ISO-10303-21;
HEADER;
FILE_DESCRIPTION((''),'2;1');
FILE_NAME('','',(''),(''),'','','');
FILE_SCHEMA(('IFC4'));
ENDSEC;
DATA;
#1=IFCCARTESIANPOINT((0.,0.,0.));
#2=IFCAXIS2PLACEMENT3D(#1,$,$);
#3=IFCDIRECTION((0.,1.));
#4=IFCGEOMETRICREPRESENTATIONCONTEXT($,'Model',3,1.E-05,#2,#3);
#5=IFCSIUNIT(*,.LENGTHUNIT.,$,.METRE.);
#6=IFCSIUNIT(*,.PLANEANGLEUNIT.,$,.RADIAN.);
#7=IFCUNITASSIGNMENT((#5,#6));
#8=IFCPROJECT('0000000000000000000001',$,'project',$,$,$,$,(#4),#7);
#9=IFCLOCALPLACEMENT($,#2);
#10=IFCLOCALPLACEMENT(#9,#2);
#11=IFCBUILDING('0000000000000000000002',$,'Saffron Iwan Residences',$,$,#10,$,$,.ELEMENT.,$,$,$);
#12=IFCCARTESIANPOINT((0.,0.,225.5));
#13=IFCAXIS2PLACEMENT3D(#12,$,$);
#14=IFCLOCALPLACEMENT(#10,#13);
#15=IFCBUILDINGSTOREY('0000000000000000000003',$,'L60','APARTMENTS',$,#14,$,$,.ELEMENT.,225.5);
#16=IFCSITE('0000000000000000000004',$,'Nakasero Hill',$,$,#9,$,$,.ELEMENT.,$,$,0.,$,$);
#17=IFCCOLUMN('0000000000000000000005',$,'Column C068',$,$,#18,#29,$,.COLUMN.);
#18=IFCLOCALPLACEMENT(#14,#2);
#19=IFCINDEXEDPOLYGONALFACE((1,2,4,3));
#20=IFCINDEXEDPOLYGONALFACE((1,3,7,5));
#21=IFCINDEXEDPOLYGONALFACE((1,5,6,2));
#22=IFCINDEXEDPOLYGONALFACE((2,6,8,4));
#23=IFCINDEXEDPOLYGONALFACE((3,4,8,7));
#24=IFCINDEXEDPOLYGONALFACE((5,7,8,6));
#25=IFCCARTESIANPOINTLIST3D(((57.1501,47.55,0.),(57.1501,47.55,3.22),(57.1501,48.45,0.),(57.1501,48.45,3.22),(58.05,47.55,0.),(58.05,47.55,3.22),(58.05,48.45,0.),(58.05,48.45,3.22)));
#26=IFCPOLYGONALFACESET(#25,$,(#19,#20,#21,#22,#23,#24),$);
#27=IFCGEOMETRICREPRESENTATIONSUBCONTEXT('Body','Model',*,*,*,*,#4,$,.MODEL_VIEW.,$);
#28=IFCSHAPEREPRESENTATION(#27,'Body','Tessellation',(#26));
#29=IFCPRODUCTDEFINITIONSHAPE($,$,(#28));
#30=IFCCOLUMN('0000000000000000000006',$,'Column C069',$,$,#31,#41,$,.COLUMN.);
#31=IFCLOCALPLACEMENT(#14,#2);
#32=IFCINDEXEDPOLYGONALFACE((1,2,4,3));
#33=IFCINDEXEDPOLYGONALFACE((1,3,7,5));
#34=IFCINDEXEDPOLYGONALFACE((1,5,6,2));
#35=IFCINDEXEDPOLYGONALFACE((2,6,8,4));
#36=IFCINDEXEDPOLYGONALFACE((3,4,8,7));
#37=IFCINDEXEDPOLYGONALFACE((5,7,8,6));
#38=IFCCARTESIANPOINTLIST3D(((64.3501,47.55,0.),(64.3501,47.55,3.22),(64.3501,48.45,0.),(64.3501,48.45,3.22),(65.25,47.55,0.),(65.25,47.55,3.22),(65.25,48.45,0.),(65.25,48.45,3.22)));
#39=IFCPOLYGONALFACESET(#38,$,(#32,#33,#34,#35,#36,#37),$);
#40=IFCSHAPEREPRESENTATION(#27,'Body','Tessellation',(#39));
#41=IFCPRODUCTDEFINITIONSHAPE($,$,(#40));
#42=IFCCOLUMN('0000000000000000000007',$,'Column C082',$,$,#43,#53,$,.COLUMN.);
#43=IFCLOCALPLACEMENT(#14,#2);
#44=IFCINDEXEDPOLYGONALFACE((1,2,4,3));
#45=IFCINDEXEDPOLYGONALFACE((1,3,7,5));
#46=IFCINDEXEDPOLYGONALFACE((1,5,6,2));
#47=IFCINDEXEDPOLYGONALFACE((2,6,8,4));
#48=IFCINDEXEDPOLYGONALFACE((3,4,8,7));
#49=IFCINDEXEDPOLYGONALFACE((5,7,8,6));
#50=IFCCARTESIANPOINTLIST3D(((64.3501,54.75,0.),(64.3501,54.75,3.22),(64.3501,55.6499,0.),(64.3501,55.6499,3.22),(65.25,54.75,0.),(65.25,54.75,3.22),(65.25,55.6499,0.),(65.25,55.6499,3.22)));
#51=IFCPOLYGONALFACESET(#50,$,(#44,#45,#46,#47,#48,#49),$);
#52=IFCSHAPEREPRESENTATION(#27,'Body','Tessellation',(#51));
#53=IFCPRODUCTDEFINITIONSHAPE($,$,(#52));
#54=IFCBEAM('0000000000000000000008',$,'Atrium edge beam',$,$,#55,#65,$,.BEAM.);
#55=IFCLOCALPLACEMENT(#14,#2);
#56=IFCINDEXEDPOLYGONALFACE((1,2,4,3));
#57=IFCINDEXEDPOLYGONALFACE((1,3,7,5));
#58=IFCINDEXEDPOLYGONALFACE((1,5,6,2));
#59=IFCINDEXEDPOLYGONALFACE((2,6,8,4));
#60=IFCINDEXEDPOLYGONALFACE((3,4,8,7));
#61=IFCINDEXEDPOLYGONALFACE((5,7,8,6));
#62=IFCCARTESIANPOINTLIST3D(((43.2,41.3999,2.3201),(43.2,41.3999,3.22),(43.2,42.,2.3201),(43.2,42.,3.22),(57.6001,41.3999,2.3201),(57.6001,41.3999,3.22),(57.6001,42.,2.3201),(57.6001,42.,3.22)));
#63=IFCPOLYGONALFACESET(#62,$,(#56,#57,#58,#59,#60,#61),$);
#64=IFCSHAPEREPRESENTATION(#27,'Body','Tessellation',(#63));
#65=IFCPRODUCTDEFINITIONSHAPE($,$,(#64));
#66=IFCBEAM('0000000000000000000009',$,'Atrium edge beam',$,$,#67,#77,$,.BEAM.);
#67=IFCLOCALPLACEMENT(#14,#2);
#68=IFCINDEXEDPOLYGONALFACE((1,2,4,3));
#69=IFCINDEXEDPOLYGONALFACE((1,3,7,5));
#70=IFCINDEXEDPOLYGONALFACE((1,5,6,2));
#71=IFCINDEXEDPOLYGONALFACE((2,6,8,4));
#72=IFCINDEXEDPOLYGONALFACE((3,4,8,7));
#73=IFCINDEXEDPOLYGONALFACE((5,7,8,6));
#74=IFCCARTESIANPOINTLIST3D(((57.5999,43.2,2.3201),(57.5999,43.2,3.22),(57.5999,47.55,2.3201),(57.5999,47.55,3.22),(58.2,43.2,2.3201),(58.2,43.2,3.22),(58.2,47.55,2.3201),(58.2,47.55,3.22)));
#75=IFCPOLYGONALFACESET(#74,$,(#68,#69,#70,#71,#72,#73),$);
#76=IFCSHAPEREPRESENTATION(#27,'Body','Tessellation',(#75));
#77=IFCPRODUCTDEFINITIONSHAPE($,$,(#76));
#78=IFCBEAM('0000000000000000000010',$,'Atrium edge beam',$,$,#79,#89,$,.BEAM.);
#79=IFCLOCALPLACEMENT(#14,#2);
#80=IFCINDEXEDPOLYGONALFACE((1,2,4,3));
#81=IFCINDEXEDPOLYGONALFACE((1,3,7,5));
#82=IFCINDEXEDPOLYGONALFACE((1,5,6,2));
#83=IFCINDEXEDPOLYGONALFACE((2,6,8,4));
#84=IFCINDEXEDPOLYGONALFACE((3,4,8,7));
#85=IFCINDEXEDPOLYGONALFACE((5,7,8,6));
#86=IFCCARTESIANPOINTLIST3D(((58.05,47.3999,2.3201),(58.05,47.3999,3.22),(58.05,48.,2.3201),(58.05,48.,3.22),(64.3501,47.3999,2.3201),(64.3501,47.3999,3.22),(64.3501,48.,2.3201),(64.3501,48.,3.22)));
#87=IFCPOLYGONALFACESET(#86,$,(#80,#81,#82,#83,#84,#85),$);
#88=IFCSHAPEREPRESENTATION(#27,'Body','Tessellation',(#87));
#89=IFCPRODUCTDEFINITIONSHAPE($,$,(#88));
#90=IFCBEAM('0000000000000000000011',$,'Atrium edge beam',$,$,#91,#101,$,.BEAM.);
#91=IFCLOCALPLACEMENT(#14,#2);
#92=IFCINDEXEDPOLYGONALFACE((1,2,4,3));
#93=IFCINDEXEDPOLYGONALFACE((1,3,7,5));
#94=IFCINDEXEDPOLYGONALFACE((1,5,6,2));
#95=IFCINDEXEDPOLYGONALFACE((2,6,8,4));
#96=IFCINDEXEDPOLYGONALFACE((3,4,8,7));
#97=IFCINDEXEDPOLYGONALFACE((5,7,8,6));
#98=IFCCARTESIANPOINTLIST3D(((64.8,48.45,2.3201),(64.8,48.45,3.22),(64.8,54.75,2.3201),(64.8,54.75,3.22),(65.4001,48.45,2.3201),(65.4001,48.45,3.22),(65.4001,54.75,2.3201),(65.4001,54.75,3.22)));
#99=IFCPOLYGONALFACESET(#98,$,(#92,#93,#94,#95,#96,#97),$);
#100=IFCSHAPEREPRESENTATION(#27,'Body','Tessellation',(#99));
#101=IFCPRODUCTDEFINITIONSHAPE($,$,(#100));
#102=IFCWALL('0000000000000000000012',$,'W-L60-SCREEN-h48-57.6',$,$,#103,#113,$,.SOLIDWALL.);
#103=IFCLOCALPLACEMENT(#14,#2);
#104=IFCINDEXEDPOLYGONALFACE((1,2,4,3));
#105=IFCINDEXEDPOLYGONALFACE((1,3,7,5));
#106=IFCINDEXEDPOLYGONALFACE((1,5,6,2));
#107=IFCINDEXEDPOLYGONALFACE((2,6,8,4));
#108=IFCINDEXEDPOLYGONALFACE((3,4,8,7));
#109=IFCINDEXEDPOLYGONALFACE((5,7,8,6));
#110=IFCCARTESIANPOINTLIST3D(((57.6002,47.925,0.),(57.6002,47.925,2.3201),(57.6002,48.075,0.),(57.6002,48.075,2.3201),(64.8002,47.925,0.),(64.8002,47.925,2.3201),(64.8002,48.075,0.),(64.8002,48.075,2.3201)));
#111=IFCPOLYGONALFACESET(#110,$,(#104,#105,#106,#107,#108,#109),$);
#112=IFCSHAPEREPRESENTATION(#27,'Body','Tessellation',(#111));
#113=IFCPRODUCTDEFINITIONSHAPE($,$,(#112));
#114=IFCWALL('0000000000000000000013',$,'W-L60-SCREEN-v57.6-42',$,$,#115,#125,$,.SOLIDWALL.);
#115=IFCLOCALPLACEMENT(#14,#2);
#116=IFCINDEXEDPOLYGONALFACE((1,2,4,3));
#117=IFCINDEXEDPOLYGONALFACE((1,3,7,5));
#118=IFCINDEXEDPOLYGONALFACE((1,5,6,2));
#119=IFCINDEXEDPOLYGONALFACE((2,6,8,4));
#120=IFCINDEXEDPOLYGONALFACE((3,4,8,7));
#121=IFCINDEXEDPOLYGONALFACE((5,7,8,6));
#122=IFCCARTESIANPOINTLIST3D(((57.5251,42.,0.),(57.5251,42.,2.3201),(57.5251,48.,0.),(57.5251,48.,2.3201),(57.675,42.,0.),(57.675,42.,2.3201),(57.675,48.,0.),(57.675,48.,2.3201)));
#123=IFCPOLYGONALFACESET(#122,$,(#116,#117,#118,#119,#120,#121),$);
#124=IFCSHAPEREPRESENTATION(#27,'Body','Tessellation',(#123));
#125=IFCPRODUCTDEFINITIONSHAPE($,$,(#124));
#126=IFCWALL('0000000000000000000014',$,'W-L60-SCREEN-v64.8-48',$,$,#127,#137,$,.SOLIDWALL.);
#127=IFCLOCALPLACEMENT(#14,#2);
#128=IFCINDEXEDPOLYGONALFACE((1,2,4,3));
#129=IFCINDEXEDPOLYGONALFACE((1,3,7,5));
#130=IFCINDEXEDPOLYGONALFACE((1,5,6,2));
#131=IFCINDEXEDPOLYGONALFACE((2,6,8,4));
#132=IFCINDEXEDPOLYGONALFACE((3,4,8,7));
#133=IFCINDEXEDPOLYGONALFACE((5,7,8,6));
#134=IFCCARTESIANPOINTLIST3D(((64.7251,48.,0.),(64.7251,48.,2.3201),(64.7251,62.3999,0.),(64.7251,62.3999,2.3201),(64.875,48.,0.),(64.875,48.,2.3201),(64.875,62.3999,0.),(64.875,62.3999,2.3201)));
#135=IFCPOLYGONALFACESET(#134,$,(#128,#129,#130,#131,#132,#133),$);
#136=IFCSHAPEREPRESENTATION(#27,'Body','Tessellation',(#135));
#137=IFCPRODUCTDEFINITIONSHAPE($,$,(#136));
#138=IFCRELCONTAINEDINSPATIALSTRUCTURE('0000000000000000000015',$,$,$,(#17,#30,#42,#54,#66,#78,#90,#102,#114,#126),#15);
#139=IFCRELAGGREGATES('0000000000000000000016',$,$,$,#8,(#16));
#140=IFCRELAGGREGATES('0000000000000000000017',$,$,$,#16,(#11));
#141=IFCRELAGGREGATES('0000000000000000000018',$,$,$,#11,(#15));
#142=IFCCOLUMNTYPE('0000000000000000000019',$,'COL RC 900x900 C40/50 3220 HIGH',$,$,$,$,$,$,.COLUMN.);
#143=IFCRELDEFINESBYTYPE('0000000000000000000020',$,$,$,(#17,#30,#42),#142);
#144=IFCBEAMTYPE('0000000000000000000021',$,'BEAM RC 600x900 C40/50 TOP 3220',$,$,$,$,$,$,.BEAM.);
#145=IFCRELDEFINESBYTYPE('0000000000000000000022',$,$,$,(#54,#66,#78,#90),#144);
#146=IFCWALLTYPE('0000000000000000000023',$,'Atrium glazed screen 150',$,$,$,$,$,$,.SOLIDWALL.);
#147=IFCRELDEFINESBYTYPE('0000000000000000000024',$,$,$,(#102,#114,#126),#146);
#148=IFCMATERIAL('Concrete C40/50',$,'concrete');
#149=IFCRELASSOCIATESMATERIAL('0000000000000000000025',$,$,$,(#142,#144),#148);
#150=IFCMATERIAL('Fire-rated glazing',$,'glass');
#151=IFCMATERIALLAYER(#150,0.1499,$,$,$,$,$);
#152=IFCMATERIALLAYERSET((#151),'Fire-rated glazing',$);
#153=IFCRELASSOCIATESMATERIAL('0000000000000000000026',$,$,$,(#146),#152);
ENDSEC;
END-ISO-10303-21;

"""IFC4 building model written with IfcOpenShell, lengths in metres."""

from ifc_helpers import new_model, si_unit, direction, frame, frame_2d, origin, origin_2d, place, context, subcontext, project, spatial, rectangle, extrude, source, transform, mapped, material, layer, layer_set, material_profile, profile_set, type_object, element, save


model = new_model("IFC4")

# Units and contexts
model_context = context("Model", 3, precision=1e-05, world=origin(), true_north=direction((0.0, 1.0)))
body_context = subcontext(model_context, "Body", "Model", "MODEL_VIEW")
ifc_project = project(units=[si_unit("LENGTHUNIT", "METRE"), si_unit("PLANEANGLEUNIT", "RADIAN")], contexts=[model_context])

# Site, building, storey
site_placement = place(None, origin())
site = spatial("IfcSite", under=ifc_project, at=site_placement, Name="Nakasero Hill", CompositionType="ELEMENT", RefElevation=0.0)
building_placement = place(site_placement, origin())
building = spatial("IfcBuilding", under=site, at=building_placement, Name="Saffron Iwan Residences", CompositionType="ELEMENT")
storey_placement = place(building_placement, frame((0.0, 0.0, 225.5)))
storey = spatial("IfcBuildingStorey", under=building, at=storey_placement, Name="L60", Description="APARTMENTS", CompositionType="ELEMENT", Elevation=225.5)

# Columns
ifc_material_1 = material(Name="Concrete C40/50", Category="concrete")
ifc_material_profile_1 = material_profile(ifc_material_1, rectangle(XDim=0.8999, YDim=0.8999, at=origin_2d()), Name="RC 900x900")
ifc_profile_set_1 = profile_set([ifc_material_profile_1], Name="Concrete C40/50")
column_type = type_object("IfcColumnType", Name="COL RC 900x900 C40/50 3220 HIGH", PredefinedType="COLUMN", material=ifc_profile_set_1)
shared_shape_1 = source(origin(), body_context, "Body", "SweptSolid", [
    extrude(rectangle(XDim=0.8999, YDim=0.8999, at=origin_2d()), origin(), (0.0, 0.0, 1.0), 3.22),
])
for number, where, z_axis, x_axis, name in (
    (1, (57.6001, 48.0, 0.0), (0.0, 0.0, 1.0), (1.0, 0.0, 0.0), "Column C068"),
    (2, (64.8, 48.0, 0.0), (0.0, 0.0, 1.0), (1.0, 0.0, 0.0), "Column C069"),
    (3, (64.8, 55.2, 0.0), (0.0, 0.0, 1.0), (1.0, 0.0, 0.0), "Column C082"),
):
    element("IfcColumn", number, at=place(storey_placement, frame(where, z_axis=z_axis, x_axis=x_axis)), inside=storey, type_object=column_type, Name=name, PredefinedType="COLUMN", context=body_context, shape_type="MappedRepresentation", body=[
        mapped(shared_shape_1, transform((0.0, 0.0, 0.0))),
    ])

# Beams
ifc_material_profile_2 = material_profile(ifc_material_1, rectangle(XDim=0.6001, YDim=0.8999, at=origin_2d()), Name="RC 600x900")
ifc_profile_set_2 = profile_set([ifc_material_profile_2], Name="Concrete C40/50")
beam_type = type_object("IfcBeamType", Name="BEAM RC 600x900 C40/50 TOP 3220", PredefinedType="BEAM", material=ifc_profile_set_2)
shared_shape_2 = source(origin(), body_context, "Body", "SweptSolid", [
    extrude(rectangle(XDim=0.6001, YDim=0.8999, at=origin_2d()), origin(), (0.0, 0.0, 1.0), 14.4001),
])
beam_1_placement = place(storey_placement, frame((57.6001, 41.7, 2.77), z_axis=(-1.0, 0.0, 0.0), x_axis=(0.0, -1.0, 0.0)))
element("IfcBeam", 4, at=beam_1_placement, inside=storey, type_object=beam_type, Name="Atrium edge beam", PredefinedType="BEAM", context=body_context, shape_type="MappedRepresentation", body=[
    mapped(shared_shape_2, transform((0.0, 0.0, 0.0))),
])
shared_shape_3 = source(origin(), body_context, "Body", "SweptSolid", [
    extrude(rectangle(XDim=0.6001, YDim=0.8999, at=origin_2d()), origin(), (0.0, 0.0, 1.0), 4.3501),
])
beam_2_placement = place(storey_placement, frame((57.8999, 47.55, 2.77), z_axis=(0.0, -1.0, 0.0), x_axis=(1.0, 0.0, 0.0)))
element("IfcBeam", 5, at=beam_2_placement, inside=storey, type_object=beam_type, Name="Atrium edge beam", PredefinedType="BEAM", context=body_context, shape_type="MappedRepresentation", body=[
    mapped(shared_shape_3, transform((0.0, 0.0, 0.0))),
])
shared_shape_4 = source(origin(), body_context, "Body", "SweptSolid", [
    extrude(rectangle(XDim=0.6001, YDim=0.8999, at=origin_2d()), origin(), (0.0, 0.0, 1.0), 6.3),
])
for number, where, z_axis, x_axis, name in (
    (6, (64.3501, 47.7, 2.77), (-1.0, 0.0, 0.0), (0.0, -1.0, 0.0), "Atrium edge beam"),
    (7, (65.1001, 54.75, 2.77), (0.0, -1.0, 0.0), (1.0, 0.0, 0.0), "Atrium edge beam"),
):
    element("IfcBeam", number, at=place(storey_placement, frame(where, z_axis=z_axis, x_axis=x_axis)), inside=storey, type_object=beam_type, Name=name, PredefinedType="BEAM", context=body_context, shape_type="MappedRepresentation", body=[
        mapped(shared_shape_4, transform((0.0, 0.0, 0.0))),
    ])

# Walls
ifc_material_2 = material(Name="Fire-rated glazing", Category="glass")
ifc_layer_1 = layer(ifc_material_2, 0.1499)
ifc_layer_set_1 = layer_set([ifc_layer_1], Name="Fire-rated glazing")
wall_type_1 = type_object("IfcWallType", Name="Atrium glazed screen 150", PredefinedType="SOLIDWALL", material=ifc_layer_set_1)
wall_1_placement = place(storey_placement, frame((57.6001, 48.0, 0.0), z_axis=(0.0, 0.0, 1.0), x_axis=(1.0, 0.0, 0.0)))
element("IfcWall", 8, at=wall_1_placement, inside=storey, type_object=wall_type_1, Name="W-L60-SCREEN-h48-57.6", PredefinedType="SOLIDWALL", context=body_context, shape_type="SweptSolid", body=[
    extrude(rectangle(XDim=7.2, YDim=0.1499, at=frame_2d((3.6001, 0.0))), origin(), (0.0, 0.0, 1.0), 2.3201),
])
wall_2_placement = place(storey_placement, frame((57.6001, 42.0, 0.0), z_axis=(0.0, 0.0, 1.0), x_axis=(0.0, 1.0, 0.0)))
element("IfcWall", 9, at=wall_2_placement, inside=storey, type_object=wall_type_1, Name="W-L60-SCREEN-v57.6-42", PredefinedType="SOLIDWALL", context=body_context, shape_type="SweptSolid", body=[
    extrude(rectangle(XDim=6.0, YDim=0.1499, at=frame_2d((3.0, 0.0))), origin(), (0.0, 0.0, 1.0), 2.3201),
])
wall_3_placement = place(storey_placement, frame((64.8, 48.0, 0.0), z_axis=(0.0, 0.0, 1.0), x_axis=(0.0, 1.0, 0.0)))
element("IfcWall", 10, at=wall_3_placement, inside=storey, type_object=wall_type_1, Name="W-L60-SCREEN-v64.8-48", PredefinedType="SOLIDWALL", context=body_context, shape_type="SweptSolid", body=[
    extrude(rectangle(XDim=14.3999, YDim=0.1499, at=frame_2d((7.2, 0.0))), origin(), (0.0, 0.0, 1.0), 2.3201),
])

save(model, "model.ifc")
